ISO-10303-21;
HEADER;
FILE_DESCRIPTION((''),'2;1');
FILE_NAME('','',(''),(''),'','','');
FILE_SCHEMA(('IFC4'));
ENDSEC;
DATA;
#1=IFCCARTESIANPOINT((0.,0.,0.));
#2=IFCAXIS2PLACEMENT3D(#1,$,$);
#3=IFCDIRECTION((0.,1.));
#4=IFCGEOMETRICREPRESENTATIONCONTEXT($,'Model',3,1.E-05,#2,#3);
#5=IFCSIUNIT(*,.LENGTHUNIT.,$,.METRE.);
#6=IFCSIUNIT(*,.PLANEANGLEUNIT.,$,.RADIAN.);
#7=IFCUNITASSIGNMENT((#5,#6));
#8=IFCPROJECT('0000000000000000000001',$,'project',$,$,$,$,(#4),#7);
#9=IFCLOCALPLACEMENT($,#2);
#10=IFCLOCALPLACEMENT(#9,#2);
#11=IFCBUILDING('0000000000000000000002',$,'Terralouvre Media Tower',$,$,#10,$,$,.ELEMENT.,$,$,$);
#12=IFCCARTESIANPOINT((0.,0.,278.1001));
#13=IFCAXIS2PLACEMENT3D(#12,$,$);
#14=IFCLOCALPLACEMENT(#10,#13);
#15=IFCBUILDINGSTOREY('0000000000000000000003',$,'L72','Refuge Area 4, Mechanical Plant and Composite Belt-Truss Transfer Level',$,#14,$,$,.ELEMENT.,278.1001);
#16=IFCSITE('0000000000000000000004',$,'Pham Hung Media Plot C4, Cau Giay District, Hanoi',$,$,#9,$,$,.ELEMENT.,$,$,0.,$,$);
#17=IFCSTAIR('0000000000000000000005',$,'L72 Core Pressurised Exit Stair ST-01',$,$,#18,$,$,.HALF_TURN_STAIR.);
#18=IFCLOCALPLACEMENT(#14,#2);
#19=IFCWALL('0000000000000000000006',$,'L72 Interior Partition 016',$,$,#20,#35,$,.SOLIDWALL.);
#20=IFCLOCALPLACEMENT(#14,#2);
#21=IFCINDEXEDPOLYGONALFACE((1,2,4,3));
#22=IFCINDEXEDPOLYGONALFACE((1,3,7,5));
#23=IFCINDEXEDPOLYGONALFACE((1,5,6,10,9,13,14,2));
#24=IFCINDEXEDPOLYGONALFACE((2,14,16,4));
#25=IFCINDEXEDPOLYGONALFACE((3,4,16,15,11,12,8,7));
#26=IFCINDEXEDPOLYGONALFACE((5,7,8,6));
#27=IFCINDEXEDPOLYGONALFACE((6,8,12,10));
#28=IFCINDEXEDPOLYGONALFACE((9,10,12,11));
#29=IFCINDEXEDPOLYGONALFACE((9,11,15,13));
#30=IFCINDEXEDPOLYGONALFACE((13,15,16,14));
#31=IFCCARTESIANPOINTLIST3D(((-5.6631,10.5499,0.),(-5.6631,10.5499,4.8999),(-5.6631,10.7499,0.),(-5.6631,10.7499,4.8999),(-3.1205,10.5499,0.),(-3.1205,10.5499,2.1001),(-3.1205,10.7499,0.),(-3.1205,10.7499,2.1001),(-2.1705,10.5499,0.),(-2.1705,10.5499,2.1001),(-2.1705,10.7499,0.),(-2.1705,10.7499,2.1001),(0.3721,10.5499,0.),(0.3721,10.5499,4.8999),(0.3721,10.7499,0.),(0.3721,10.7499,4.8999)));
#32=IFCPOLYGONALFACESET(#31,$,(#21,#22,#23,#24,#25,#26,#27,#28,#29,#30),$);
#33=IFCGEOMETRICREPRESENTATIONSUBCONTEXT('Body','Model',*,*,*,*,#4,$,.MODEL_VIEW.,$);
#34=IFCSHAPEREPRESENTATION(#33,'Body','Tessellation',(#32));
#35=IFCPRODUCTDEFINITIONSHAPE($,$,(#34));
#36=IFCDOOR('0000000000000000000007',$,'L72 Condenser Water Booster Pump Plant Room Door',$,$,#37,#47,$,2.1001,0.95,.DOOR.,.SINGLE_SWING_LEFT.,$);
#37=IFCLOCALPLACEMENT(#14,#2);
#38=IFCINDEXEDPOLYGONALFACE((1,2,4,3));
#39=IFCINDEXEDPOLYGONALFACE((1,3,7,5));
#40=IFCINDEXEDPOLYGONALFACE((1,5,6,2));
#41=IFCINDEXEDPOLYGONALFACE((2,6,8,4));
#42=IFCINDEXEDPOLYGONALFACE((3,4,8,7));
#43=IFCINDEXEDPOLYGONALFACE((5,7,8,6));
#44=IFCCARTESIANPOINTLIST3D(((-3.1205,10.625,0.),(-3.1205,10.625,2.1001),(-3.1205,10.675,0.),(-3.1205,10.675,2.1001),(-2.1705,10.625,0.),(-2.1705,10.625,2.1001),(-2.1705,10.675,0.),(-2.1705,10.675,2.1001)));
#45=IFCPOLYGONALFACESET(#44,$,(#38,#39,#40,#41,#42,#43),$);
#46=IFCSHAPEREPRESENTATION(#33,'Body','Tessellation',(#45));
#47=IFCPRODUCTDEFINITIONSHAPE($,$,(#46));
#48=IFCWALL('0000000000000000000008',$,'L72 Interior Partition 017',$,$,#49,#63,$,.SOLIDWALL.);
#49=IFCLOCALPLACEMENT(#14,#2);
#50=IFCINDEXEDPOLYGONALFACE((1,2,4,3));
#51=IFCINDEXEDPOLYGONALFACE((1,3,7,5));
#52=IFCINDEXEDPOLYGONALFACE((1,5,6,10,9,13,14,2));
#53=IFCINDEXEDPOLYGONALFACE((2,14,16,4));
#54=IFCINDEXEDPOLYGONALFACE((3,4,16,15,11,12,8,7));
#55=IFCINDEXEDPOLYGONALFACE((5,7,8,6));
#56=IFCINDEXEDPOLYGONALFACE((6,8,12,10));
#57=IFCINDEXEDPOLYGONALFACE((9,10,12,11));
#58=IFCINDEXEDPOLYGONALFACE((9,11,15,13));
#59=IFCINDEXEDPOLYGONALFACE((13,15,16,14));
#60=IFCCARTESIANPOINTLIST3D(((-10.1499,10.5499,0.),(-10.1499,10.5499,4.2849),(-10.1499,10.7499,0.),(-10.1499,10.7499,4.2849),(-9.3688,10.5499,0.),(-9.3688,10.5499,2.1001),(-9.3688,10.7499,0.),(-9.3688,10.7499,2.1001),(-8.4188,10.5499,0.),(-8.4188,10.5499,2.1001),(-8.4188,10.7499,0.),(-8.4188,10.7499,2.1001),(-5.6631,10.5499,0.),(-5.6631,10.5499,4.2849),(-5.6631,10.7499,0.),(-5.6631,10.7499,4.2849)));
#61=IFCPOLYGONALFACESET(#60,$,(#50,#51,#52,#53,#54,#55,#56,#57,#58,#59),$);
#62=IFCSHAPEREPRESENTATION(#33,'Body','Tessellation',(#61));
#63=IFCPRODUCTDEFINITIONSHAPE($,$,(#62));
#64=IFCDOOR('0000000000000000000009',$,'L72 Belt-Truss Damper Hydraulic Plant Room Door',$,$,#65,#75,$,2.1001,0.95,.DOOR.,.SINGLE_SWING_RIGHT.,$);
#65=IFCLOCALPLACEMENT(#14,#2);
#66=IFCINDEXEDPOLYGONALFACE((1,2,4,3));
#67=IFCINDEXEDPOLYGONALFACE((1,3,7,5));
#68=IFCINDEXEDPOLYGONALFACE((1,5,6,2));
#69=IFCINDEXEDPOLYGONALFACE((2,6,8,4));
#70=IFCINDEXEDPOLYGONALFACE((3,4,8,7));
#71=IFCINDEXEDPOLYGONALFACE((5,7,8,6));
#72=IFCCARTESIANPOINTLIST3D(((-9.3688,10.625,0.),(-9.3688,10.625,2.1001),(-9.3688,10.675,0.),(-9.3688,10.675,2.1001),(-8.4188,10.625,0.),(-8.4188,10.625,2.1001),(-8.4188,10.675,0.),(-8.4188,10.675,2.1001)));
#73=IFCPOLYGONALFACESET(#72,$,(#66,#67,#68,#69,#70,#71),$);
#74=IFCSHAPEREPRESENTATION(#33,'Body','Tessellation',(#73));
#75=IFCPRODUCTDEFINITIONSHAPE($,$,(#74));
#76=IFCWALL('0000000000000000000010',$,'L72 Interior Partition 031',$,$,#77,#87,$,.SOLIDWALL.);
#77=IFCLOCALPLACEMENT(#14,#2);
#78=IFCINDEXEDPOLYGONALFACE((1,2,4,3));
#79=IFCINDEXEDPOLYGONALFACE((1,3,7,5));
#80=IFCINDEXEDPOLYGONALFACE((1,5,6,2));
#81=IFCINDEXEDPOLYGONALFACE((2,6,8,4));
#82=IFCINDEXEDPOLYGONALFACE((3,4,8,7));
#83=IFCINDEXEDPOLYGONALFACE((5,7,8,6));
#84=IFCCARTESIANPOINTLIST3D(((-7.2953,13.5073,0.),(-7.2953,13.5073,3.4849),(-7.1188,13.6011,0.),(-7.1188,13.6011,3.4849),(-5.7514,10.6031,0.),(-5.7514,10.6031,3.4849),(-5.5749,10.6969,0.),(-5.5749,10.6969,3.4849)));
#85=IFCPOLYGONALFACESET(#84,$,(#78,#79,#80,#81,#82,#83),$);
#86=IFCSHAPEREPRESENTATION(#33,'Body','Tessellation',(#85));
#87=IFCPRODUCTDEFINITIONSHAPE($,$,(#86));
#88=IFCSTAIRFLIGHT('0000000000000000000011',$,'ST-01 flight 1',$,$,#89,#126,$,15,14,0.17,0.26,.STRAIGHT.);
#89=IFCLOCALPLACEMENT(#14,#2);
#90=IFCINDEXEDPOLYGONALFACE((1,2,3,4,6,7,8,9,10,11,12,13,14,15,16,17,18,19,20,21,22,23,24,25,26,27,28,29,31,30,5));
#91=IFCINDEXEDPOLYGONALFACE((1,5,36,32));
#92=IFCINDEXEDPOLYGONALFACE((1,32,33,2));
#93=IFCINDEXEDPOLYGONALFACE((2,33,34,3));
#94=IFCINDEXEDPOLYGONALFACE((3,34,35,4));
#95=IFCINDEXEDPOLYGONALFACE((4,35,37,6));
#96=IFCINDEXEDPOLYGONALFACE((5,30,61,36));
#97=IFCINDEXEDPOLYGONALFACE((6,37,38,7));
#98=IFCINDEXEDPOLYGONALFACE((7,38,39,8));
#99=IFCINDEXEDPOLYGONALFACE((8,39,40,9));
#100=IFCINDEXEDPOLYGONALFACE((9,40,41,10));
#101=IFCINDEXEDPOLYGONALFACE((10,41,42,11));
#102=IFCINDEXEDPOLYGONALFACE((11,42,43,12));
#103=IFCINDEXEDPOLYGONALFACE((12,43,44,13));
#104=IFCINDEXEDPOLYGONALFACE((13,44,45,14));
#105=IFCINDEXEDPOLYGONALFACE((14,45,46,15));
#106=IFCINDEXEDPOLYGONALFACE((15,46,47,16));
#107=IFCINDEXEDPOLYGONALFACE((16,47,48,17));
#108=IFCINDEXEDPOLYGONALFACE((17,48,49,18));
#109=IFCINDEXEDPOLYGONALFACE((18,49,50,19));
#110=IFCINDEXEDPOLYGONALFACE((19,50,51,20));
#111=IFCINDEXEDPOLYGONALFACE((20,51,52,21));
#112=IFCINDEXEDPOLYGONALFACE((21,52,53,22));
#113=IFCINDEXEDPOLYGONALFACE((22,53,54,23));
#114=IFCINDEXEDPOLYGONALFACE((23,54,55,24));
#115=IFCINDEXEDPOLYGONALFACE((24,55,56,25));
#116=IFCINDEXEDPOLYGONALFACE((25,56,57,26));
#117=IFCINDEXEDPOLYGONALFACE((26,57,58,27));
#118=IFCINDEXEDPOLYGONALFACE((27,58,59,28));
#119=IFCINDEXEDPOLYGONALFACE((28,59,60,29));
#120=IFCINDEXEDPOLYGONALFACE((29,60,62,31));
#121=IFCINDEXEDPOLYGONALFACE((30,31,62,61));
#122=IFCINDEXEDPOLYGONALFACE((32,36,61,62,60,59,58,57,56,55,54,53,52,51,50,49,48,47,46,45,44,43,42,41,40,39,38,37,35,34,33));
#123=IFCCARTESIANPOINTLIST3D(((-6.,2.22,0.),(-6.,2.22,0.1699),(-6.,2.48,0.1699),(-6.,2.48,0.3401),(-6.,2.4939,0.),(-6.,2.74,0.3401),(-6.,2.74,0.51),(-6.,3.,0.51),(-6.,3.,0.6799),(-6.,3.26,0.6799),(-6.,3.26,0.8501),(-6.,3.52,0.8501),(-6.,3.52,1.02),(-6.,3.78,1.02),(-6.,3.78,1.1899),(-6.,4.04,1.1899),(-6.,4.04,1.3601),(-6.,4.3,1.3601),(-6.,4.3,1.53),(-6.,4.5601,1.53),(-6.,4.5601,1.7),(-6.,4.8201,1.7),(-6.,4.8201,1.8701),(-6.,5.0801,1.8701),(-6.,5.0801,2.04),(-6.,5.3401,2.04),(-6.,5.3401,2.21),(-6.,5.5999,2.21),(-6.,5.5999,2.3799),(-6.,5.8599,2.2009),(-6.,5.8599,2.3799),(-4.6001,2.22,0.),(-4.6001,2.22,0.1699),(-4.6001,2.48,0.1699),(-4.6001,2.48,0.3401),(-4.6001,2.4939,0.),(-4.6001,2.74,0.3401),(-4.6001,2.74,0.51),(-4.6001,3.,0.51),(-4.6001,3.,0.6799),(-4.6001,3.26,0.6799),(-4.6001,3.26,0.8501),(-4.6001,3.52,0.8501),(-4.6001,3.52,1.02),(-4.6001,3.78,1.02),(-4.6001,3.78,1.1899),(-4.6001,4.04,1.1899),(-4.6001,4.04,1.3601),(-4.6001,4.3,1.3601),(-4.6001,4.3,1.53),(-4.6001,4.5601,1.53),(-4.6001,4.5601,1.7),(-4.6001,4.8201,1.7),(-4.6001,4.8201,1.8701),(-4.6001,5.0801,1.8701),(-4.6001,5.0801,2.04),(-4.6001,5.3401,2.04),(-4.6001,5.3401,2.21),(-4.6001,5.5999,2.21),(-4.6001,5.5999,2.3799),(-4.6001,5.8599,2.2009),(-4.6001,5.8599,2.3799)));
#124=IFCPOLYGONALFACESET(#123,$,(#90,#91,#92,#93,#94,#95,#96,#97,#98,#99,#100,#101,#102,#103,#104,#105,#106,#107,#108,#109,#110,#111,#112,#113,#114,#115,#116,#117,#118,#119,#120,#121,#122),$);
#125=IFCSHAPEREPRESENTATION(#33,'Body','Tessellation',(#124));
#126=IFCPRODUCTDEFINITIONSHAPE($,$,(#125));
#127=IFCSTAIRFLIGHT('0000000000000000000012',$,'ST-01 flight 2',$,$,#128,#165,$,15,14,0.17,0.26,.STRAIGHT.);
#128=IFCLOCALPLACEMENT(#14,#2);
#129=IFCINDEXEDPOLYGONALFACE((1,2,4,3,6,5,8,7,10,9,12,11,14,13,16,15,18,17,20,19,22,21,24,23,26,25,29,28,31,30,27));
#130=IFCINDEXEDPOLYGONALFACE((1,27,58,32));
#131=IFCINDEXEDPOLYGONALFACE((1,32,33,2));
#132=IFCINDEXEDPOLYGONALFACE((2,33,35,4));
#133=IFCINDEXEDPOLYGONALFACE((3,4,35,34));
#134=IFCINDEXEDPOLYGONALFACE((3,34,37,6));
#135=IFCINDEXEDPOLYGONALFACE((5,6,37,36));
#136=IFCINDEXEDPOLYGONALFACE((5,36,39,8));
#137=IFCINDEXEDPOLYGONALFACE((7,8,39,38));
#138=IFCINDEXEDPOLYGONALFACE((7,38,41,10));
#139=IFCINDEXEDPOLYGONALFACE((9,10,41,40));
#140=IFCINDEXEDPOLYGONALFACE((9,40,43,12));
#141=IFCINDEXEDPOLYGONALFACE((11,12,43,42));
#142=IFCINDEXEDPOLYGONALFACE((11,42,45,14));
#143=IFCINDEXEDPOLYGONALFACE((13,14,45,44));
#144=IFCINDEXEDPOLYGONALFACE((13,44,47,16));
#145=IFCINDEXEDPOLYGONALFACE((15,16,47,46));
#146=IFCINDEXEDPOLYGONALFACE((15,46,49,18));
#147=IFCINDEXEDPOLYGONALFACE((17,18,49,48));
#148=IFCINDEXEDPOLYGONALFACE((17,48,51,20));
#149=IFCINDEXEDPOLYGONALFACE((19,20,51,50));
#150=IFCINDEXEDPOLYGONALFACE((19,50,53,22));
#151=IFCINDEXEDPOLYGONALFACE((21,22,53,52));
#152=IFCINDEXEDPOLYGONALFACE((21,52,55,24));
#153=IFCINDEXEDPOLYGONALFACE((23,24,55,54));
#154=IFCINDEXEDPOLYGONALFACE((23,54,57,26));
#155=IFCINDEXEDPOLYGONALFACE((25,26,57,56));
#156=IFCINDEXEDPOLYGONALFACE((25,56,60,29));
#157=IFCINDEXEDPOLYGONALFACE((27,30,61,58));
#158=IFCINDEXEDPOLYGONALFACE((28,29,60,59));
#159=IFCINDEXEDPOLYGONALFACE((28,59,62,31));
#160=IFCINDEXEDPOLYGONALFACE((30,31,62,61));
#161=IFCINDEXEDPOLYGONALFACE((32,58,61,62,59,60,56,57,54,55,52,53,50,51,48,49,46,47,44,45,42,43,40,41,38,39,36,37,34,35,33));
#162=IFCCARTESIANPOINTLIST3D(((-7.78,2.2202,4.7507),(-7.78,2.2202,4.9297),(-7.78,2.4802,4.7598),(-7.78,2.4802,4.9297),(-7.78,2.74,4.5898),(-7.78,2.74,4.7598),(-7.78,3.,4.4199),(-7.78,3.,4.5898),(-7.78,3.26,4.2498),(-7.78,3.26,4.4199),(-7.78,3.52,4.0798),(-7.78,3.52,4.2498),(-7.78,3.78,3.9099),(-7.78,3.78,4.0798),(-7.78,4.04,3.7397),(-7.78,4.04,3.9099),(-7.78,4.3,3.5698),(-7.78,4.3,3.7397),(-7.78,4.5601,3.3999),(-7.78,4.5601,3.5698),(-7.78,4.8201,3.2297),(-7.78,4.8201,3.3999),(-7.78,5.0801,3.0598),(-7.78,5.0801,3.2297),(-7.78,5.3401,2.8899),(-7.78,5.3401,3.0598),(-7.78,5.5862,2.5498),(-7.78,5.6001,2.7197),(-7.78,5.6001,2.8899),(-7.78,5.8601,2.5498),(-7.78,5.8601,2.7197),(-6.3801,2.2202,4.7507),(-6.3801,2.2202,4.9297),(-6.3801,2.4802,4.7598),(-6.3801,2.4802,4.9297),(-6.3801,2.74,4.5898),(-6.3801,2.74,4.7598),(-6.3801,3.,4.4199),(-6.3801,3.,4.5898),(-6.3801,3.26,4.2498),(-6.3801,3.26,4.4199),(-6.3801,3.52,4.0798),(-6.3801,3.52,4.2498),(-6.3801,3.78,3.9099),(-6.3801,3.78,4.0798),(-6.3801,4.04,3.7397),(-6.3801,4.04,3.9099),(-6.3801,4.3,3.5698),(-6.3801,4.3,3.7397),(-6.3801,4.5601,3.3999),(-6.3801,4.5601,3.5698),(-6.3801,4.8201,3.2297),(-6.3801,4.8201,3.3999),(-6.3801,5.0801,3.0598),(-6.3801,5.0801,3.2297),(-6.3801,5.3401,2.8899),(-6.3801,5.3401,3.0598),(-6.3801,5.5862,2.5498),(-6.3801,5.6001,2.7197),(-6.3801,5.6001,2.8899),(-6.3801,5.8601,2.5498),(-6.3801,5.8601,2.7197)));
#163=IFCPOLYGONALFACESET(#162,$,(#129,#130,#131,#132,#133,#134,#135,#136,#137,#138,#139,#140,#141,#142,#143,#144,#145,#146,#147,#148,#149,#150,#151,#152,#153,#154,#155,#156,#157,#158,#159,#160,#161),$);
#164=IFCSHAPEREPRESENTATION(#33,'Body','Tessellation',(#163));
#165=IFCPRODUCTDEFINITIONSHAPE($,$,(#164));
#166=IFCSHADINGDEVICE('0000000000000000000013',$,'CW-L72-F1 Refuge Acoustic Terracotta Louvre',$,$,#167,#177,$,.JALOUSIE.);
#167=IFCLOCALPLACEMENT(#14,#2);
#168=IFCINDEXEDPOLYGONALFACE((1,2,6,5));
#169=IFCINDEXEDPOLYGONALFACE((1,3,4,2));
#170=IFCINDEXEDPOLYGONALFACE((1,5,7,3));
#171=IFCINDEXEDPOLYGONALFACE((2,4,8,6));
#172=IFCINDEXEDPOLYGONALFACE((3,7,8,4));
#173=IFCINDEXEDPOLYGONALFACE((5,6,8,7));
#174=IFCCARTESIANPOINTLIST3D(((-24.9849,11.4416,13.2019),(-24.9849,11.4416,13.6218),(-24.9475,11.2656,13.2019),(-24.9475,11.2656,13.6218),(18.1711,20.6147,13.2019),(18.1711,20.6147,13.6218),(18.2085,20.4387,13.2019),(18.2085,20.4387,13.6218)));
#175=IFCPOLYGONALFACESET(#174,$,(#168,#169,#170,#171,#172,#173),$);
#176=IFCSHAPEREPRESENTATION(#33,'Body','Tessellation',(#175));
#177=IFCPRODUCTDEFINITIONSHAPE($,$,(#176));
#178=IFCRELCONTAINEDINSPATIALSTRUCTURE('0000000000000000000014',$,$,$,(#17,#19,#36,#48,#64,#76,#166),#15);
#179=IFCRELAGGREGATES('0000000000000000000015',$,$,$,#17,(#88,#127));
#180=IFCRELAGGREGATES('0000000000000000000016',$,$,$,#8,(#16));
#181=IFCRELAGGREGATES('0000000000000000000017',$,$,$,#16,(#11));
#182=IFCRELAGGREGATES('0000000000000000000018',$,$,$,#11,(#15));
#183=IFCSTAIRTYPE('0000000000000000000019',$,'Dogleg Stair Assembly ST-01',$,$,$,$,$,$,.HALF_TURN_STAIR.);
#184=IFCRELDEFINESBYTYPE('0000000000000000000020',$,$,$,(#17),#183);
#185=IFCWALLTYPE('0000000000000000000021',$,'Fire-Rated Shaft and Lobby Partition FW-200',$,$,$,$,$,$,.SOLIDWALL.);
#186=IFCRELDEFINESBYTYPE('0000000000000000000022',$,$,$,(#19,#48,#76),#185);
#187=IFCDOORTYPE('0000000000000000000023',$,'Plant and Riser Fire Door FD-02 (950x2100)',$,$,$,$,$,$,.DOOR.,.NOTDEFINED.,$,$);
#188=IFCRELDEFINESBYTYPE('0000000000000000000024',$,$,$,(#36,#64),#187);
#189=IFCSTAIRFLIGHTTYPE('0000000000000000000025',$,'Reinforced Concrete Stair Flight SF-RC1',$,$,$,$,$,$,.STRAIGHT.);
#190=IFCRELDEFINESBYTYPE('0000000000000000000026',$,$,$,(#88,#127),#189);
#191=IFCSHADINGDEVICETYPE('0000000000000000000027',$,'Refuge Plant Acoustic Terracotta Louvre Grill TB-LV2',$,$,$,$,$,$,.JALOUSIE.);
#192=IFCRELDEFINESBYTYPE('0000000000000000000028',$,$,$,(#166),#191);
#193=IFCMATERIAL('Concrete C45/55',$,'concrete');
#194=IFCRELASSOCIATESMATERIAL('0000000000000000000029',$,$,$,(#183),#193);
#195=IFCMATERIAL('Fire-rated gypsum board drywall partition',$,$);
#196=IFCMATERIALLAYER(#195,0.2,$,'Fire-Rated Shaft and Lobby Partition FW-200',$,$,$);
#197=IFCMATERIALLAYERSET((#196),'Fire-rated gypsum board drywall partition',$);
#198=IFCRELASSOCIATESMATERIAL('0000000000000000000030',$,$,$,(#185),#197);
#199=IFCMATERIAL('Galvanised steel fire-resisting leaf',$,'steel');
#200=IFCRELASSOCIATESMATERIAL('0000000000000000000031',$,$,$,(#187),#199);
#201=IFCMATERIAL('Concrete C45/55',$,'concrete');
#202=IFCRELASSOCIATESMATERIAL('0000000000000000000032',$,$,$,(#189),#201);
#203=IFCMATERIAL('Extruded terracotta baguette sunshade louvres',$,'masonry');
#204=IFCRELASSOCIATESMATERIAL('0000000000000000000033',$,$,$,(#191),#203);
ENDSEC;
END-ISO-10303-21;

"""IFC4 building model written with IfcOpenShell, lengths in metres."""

from ifc_helpers import new_model, si_unit, direction, frame, frame_2d, origin, origin_2d, place, context, subcontext, project, spatial, polyline, rectangle, outline, extrude, material, layer, layer_set, type_object, element, fill, aggregate, save


model = new_model("IFC4")

# Units and contexts
model_context = context("Model", 3, precision=1e-05, world=origin(), true_north=direction((0.0, 1.0)))
body_context = subcontext(model_context, "Body", "Model", "MODEL_VIEW")
ifc_project = project(units=[si_unit("LENGTHUNIT", "METRE"), si_unit("PLANEANGLEUNIT", "RADIAN")], contexts=[model_context])

# Site, building, storey
site_placement = place(None, origin())
site = spatial("IfcSite", under=ifc_project, at=site_placement, Name="Pham Hung Media Plot C4, Cau Giay District, Hanoi", CompositionType="ELEMENT", RefElevation=0.0)
building_placement = place(site_placement, origin())
building = spatial("IfcBuilding", under=site, at=building_placement, Name="Terralouvre Media Tower", CompositionType="ELEMENT")
storey_placement = place(building_placement, frame((0.0, 0.0, 278.1001)))
storey = spatial("IfcBuildingStorey", under=building, at=storey_placement, Name="L72", Description="Refuge Area 4, Mechanical Plant and Composite Belt-Truss Transfer Level", CompositionType="ELEMENT", Elevation=278.1001)

# Stair
ifc_material_1 = material(Name="Concrete C45/55", Category="concrete")
stair_type_1 = type_object("IfcStairType", Name="Dogleg Stair Assembly ST-01", PredefinedType="HALF_TURN_STAIR", material=ifc_material_1)
stair_1_placement = place(storey_placement, origin())
stair_1 = element("IfcStair", 1, at=stair_1_placement, inside=storey, type_object=stair_type_1, Name="L72 Core Pressurised Exit Stair ST-01", PredefinedType="HALF_TURN_STAIR")

# Shared definitions
ifc_material_2 = material(Name="Fire-rated gypsum board drywall partition")
ifc_layer_1 = layer(ifc_material_2, 0.2, Name="Fire-Rated Shaft and Lobby Partition FW-200")
ifc_layer_set_1 = layer_set([ifc_layer_1], Name="Fire-rated gypsum board drywall partition")
wall_type_1 = type_object("IfcWallType", Name="Fire-Rated Shaft and Lobby Partition FW-200", PredefinedType="SOLIDWALL", material=ifc_layer_set_1)

# Walls, openings, doors
wall_1_placement = place(storey_placement, frame((0.3721, 10.6499, 0.0), z_axis=(0.0, 0.0, 1.0), x_axis=(-1.0, 0.0, 0.0)))
wall_1 = element("IfcWall", 2, at=wall_1_placement, inside=storey, type_object=wall_type_1, Name="L72 Interior Partition 016", PredefinedType="SOLIDWALL", context=body_context, shape_type="SweptSolid", body=[
    extrude(rectangle(XDim=6.0352, YDim=0.2, at=frame_2d((3.0176, 0.0))), origin(), (0.0, 0.0, 1.0), 4.8999),
])
opening_1_placement = place(wall_1_placement, frame((2.5425, 0.0, 0.0)))
opening_1 = element("IfcOpeningElement", 3, at=opening_1_placement, cuts=wall_1, PredefinedType="OPENING", context=body_context, shape_type="SweptSolid", body=[
    extrude(rectangle(XDim=0.95, YDim=2.1001, at=frame_2d((0.4751, 1.05))), frame((0.0, 0.1099, 0.0), z_axis=(0.0, -1.0, 0.0), x_axis=(1.0, 0.0, 0.0)), (0.0, 0.0, 1.0), 0.22),
])
ifc_material_3 = material(Name="Galvanised steel fire-resisting leaf", Category="steel")
door_type = type_object("IfcDoorType", Name="Plant and Riser Fire Door FD-02 (950x2100)", OperationType="NOTDEFINED", PredefinedType="DOOR", material=ifc_material_3)
door_1_placement = place(opening_1_placement, origin())
door_1 = element("IfcDoor", 4, at=door_1_placement, inside=storey, type_object=door_type, Name="L72 Condenser Water Booster Pump Plant Room Door", OperationType="SINGLE_SWING_LEFT", OverallHeight=2.1001, OverallWidth=0.95, PredefinedType="DOOR", context=body_context, shape_type="SweptSolid", body=[
    extrude(rectangle(XDim=0.95, YDim=2.1001, at=frame_2d((0.4751, 1.05))), frame((0.0, 0.0249, 0.0), z_axis=(0.0, -1.0, 0.0), x_axis=(1.0, 0.0, 0.0)), (0.0, 0.0, 1.0), 0.05),
])
fill(opening_1, door_1)
wall_2_placement = place(storey_placement, frame((-5.6631, 10.6499, 0.0), z_axis=(0.0, 0.0, 1.0), x_axis=(-1.0, 0.0, 0.0)))
wall_2 = element("IfcWall", 5, at=wall_2_placement, inside=storey, type_object=wall_type_1, Name="L72 Interior Partition 017", PredefinedType="SOLIDWALL", context=body_context, shape_type="SweptSolid", body=[
    extrude(rectangle(XDim=4.4868, YDim=0.2, at=frame_2d((2.2434, 0.0))), origin(), (0.0, 0.0, 1.0), 4.2849),
])
opening_2_placement = place(wall_2_placement, frame((2.7556, 0.0, 0.0)))
opening_2 = element("IfcOpeningElement", 6, at=opening_2_placement, cuts=wall_2, PredefinedType="OPENING", context=body_context, shape_type="SweptSolid", body=[
    extrude(rectangle(XDim=0.95, YDim=2.1001, at=frame_2d((0.4751, 1.05))), frame((0.0, 0.1099, 0.0), z_axis=(0.0, -1.0, 0.0), x_axis=(1.0, 0.0, 0.0)), (0.0, 0.0, 1.0), 0.22),
])
door_2_placement = place(opening_2_placement, origin())
door_2 = element("IfcDoor", 7, at=door_2_placement, inside=storey, type_object=door_type, Name="L72 Belt-Truss Damper Hydraulic Plant Room Door", OperationType="SINGLE_SWING_RIGHT", OverallHeight=2.1001, OverallWidth=0.95, PredefinedType="DOOR", context=body_context, shape_type="SweptSolid", body=[
    extrude(rectangle(XDim=0.95, YDim=2.1001, at=frame_2d((0.4751, 1.05))), frame((0.0, 0.0249, 0.0), z_axis=(0.0, -1.0, 0.0), x_axis=(1.0, 0.0, 0.0)), (0.0, 0.0, 1.0), 0.05),
])
fill(opening_2, door_2)

# Wall
wall_3_placement = place(storey_placement, frame((-7.207, 13.5542, 0.0), z_axis=(0.0, 0.0, 1.0), x_axis=(0.469401, -0.882985, 0.0)))
element("IfcWall", 8, at=wall_3_placement, inside=storey, type_object=wall_type_1, Name="L72 Interior Partition 031", PredefinedType="SOLIDWALL", context=body_context, shape_type="SweptSolid", body=[
    extrude(rectangle(XDim=3.2891, YDim=0.2, at=frame_2d((1.6445, 0.0))), origin(), (0.0, 0.0, 1.0), 3.4849),
])

# Stair flights
ifc_material_4 = material(Name="Concrete C45/55", Category="concrete")
stair_flight_type = type_object("IfcStairFlightType", Name="Reinforced Concrete Stair Flight SF-RC1", PredefinedType="STRAIGHT", material=ifc_material_4)
stair_flight_1_placement = place(storey_placement, frame((-5.3, 2.22, 0.0), z_axis=(0.0, 0.0, 1.0), x_axis=(0.0, 1.0, 0.0)))
stair_flight_1 = element("IfcStairFlight", 9, at=stair_flight_1_placement, type_object=stair_flight_type, Name="ST-01 flight 1", NumberOfRisers=15, NumberOfTreads=14, PredefinedType="STRAIGHT", RiserHeight=0.17, TreadLength=0.26, context=body_context, shape_type="SweptSolid", body=[
    extrude(outline(polyline([(0.0, 0.0), (0.0, 0.1699), (0.26, 0.1699), (0.26, 0.3401), (0.52, 0.3401), (0.52, 0.51), (0.78, 0.51), (0.78, 0.6799), (1.04, 0.6799), (1.04, 0.8501), (1.3, 0.8501), (1.3, 1.02), (1.5601, 1.02), (1.5601, 1.1899), (1.8201, 1.1899), (1.8201, 1.3601), (2.0801, 1.3601), (2.0801, 1.53), (2.3401, 1.53), (2.3401, 1.7), (2.6001, 1.7), (2.6001, 1.8701), (2.8601, 1.8701), (2.8601, 2.04), (3.1201, 2.04), (3.1201, 2.21), (3.3799, 2.21), (3.3799, 2.3799), (3.6399, 2.3799), (3.6399, 2.55), (3.6399, 2.2009), (0.2739, 0.0), (0.0, 0.0)])), frame((0.0, 0.7, 0.0), z_axis=(0.0, -1.0, 0.0), x_axis=(1.0, 0.0, 0.0)), (0.0, 0.0, 1.0), 1.3999),
])
stair_flight_2_placement = place(storey_placement, frame((-7.0801, 5.8601, 2.5498), z_axis=(0.0, 0.0, 1.0), x_axis=(0.0, -1.0, 0.0)))
stair_flight_2 = element("IfcStairFlight", 10, at=stair_flight_2_placement, type_object=stair_flight_type, Name="ST-01 flight 2", NumberOfRisers=15, NumberOfTreads=14, PredefinedType="STRAIGHT", RiserHeight=0.17, TreadLength=0.26, context=body_context, shape_type="SweptSolid", body=[
    extrude(outline(polyline([(0.0, 0.0), (0.0, 0.1699), (0.26, 0.1699), (0.26, 0.3401), (0.52, 0.3401), (0.52, 0.51), (0.78, 0.51), (0.78, 0.6799), (1.04, 0.6799), (1.04, 0.8501), (1.3, 0.8501), (1.3, 1.02), (1.5601, 1.02), (1.5601, 1.1899), (1.8201, 1.1899), (1.8201, 1.3601), (2.0801, 1.3601), (2.0801, 1.53), (2.3401, 1.53), (2.3401, 1.7), (2.6001, 1.7), (2.6001, 1.8701), (2.8601, 1.8701), (2.8601, 2.04), (3.1201, 2.04), (3.1201, 2.21), (3.3799, 2.21), (3.3799, 2.3799), (3.6399, 2.3799), (3.6399, 2.55), (3.6399, 2.2009), (0.2739, 0.0), (0.0, 0.0)])), frame((0.0, 0.7, 0.0), z_axis=(0.0, -1.0, 0.0), x_axis=(1.0, 0.0, 0.0)), (0.0, 0.0, 1.0), 1.3999),
])
aggregate(stair_1, [stair_flight_1, stair_flight_2])

# Shading device
ifc_material_5 = material(Name="Extruded terracotta baguette sunshade louvres", Category="masonry")
shading_device_type = type_object("IfcShadingDeviceType", Name="Refuge Plant Acoustic Terracotta Louvre Grill TB-LV2", PredefinedType="JALOUSIE", material=ifc_material_5)
shading_device_placement = place(storey_placement, frame((-3.3882, 15.9402, 13.2019), z_axis=(0.0, 0.0, 1.0), x_axis=(-0.978148, -0.207912, 0.0)))
element("IfcShadingDevice", 11, at=shading_device_placement, inside=storey, type_object=shading_device_type, Name="CW-L72-F1 Refuge Acoustic Terracotta Louvre", PredefinedType="JALOUSIE", context=body_context, shape_type="SweptSolid", body=[
    extrude(rectangle(XDim=44.1201, YDim=0.1799, at=origin_2d()), origin(), (0.0, 0.0, 1.0), 0.4199),
])

save(model, "model.ifc")
